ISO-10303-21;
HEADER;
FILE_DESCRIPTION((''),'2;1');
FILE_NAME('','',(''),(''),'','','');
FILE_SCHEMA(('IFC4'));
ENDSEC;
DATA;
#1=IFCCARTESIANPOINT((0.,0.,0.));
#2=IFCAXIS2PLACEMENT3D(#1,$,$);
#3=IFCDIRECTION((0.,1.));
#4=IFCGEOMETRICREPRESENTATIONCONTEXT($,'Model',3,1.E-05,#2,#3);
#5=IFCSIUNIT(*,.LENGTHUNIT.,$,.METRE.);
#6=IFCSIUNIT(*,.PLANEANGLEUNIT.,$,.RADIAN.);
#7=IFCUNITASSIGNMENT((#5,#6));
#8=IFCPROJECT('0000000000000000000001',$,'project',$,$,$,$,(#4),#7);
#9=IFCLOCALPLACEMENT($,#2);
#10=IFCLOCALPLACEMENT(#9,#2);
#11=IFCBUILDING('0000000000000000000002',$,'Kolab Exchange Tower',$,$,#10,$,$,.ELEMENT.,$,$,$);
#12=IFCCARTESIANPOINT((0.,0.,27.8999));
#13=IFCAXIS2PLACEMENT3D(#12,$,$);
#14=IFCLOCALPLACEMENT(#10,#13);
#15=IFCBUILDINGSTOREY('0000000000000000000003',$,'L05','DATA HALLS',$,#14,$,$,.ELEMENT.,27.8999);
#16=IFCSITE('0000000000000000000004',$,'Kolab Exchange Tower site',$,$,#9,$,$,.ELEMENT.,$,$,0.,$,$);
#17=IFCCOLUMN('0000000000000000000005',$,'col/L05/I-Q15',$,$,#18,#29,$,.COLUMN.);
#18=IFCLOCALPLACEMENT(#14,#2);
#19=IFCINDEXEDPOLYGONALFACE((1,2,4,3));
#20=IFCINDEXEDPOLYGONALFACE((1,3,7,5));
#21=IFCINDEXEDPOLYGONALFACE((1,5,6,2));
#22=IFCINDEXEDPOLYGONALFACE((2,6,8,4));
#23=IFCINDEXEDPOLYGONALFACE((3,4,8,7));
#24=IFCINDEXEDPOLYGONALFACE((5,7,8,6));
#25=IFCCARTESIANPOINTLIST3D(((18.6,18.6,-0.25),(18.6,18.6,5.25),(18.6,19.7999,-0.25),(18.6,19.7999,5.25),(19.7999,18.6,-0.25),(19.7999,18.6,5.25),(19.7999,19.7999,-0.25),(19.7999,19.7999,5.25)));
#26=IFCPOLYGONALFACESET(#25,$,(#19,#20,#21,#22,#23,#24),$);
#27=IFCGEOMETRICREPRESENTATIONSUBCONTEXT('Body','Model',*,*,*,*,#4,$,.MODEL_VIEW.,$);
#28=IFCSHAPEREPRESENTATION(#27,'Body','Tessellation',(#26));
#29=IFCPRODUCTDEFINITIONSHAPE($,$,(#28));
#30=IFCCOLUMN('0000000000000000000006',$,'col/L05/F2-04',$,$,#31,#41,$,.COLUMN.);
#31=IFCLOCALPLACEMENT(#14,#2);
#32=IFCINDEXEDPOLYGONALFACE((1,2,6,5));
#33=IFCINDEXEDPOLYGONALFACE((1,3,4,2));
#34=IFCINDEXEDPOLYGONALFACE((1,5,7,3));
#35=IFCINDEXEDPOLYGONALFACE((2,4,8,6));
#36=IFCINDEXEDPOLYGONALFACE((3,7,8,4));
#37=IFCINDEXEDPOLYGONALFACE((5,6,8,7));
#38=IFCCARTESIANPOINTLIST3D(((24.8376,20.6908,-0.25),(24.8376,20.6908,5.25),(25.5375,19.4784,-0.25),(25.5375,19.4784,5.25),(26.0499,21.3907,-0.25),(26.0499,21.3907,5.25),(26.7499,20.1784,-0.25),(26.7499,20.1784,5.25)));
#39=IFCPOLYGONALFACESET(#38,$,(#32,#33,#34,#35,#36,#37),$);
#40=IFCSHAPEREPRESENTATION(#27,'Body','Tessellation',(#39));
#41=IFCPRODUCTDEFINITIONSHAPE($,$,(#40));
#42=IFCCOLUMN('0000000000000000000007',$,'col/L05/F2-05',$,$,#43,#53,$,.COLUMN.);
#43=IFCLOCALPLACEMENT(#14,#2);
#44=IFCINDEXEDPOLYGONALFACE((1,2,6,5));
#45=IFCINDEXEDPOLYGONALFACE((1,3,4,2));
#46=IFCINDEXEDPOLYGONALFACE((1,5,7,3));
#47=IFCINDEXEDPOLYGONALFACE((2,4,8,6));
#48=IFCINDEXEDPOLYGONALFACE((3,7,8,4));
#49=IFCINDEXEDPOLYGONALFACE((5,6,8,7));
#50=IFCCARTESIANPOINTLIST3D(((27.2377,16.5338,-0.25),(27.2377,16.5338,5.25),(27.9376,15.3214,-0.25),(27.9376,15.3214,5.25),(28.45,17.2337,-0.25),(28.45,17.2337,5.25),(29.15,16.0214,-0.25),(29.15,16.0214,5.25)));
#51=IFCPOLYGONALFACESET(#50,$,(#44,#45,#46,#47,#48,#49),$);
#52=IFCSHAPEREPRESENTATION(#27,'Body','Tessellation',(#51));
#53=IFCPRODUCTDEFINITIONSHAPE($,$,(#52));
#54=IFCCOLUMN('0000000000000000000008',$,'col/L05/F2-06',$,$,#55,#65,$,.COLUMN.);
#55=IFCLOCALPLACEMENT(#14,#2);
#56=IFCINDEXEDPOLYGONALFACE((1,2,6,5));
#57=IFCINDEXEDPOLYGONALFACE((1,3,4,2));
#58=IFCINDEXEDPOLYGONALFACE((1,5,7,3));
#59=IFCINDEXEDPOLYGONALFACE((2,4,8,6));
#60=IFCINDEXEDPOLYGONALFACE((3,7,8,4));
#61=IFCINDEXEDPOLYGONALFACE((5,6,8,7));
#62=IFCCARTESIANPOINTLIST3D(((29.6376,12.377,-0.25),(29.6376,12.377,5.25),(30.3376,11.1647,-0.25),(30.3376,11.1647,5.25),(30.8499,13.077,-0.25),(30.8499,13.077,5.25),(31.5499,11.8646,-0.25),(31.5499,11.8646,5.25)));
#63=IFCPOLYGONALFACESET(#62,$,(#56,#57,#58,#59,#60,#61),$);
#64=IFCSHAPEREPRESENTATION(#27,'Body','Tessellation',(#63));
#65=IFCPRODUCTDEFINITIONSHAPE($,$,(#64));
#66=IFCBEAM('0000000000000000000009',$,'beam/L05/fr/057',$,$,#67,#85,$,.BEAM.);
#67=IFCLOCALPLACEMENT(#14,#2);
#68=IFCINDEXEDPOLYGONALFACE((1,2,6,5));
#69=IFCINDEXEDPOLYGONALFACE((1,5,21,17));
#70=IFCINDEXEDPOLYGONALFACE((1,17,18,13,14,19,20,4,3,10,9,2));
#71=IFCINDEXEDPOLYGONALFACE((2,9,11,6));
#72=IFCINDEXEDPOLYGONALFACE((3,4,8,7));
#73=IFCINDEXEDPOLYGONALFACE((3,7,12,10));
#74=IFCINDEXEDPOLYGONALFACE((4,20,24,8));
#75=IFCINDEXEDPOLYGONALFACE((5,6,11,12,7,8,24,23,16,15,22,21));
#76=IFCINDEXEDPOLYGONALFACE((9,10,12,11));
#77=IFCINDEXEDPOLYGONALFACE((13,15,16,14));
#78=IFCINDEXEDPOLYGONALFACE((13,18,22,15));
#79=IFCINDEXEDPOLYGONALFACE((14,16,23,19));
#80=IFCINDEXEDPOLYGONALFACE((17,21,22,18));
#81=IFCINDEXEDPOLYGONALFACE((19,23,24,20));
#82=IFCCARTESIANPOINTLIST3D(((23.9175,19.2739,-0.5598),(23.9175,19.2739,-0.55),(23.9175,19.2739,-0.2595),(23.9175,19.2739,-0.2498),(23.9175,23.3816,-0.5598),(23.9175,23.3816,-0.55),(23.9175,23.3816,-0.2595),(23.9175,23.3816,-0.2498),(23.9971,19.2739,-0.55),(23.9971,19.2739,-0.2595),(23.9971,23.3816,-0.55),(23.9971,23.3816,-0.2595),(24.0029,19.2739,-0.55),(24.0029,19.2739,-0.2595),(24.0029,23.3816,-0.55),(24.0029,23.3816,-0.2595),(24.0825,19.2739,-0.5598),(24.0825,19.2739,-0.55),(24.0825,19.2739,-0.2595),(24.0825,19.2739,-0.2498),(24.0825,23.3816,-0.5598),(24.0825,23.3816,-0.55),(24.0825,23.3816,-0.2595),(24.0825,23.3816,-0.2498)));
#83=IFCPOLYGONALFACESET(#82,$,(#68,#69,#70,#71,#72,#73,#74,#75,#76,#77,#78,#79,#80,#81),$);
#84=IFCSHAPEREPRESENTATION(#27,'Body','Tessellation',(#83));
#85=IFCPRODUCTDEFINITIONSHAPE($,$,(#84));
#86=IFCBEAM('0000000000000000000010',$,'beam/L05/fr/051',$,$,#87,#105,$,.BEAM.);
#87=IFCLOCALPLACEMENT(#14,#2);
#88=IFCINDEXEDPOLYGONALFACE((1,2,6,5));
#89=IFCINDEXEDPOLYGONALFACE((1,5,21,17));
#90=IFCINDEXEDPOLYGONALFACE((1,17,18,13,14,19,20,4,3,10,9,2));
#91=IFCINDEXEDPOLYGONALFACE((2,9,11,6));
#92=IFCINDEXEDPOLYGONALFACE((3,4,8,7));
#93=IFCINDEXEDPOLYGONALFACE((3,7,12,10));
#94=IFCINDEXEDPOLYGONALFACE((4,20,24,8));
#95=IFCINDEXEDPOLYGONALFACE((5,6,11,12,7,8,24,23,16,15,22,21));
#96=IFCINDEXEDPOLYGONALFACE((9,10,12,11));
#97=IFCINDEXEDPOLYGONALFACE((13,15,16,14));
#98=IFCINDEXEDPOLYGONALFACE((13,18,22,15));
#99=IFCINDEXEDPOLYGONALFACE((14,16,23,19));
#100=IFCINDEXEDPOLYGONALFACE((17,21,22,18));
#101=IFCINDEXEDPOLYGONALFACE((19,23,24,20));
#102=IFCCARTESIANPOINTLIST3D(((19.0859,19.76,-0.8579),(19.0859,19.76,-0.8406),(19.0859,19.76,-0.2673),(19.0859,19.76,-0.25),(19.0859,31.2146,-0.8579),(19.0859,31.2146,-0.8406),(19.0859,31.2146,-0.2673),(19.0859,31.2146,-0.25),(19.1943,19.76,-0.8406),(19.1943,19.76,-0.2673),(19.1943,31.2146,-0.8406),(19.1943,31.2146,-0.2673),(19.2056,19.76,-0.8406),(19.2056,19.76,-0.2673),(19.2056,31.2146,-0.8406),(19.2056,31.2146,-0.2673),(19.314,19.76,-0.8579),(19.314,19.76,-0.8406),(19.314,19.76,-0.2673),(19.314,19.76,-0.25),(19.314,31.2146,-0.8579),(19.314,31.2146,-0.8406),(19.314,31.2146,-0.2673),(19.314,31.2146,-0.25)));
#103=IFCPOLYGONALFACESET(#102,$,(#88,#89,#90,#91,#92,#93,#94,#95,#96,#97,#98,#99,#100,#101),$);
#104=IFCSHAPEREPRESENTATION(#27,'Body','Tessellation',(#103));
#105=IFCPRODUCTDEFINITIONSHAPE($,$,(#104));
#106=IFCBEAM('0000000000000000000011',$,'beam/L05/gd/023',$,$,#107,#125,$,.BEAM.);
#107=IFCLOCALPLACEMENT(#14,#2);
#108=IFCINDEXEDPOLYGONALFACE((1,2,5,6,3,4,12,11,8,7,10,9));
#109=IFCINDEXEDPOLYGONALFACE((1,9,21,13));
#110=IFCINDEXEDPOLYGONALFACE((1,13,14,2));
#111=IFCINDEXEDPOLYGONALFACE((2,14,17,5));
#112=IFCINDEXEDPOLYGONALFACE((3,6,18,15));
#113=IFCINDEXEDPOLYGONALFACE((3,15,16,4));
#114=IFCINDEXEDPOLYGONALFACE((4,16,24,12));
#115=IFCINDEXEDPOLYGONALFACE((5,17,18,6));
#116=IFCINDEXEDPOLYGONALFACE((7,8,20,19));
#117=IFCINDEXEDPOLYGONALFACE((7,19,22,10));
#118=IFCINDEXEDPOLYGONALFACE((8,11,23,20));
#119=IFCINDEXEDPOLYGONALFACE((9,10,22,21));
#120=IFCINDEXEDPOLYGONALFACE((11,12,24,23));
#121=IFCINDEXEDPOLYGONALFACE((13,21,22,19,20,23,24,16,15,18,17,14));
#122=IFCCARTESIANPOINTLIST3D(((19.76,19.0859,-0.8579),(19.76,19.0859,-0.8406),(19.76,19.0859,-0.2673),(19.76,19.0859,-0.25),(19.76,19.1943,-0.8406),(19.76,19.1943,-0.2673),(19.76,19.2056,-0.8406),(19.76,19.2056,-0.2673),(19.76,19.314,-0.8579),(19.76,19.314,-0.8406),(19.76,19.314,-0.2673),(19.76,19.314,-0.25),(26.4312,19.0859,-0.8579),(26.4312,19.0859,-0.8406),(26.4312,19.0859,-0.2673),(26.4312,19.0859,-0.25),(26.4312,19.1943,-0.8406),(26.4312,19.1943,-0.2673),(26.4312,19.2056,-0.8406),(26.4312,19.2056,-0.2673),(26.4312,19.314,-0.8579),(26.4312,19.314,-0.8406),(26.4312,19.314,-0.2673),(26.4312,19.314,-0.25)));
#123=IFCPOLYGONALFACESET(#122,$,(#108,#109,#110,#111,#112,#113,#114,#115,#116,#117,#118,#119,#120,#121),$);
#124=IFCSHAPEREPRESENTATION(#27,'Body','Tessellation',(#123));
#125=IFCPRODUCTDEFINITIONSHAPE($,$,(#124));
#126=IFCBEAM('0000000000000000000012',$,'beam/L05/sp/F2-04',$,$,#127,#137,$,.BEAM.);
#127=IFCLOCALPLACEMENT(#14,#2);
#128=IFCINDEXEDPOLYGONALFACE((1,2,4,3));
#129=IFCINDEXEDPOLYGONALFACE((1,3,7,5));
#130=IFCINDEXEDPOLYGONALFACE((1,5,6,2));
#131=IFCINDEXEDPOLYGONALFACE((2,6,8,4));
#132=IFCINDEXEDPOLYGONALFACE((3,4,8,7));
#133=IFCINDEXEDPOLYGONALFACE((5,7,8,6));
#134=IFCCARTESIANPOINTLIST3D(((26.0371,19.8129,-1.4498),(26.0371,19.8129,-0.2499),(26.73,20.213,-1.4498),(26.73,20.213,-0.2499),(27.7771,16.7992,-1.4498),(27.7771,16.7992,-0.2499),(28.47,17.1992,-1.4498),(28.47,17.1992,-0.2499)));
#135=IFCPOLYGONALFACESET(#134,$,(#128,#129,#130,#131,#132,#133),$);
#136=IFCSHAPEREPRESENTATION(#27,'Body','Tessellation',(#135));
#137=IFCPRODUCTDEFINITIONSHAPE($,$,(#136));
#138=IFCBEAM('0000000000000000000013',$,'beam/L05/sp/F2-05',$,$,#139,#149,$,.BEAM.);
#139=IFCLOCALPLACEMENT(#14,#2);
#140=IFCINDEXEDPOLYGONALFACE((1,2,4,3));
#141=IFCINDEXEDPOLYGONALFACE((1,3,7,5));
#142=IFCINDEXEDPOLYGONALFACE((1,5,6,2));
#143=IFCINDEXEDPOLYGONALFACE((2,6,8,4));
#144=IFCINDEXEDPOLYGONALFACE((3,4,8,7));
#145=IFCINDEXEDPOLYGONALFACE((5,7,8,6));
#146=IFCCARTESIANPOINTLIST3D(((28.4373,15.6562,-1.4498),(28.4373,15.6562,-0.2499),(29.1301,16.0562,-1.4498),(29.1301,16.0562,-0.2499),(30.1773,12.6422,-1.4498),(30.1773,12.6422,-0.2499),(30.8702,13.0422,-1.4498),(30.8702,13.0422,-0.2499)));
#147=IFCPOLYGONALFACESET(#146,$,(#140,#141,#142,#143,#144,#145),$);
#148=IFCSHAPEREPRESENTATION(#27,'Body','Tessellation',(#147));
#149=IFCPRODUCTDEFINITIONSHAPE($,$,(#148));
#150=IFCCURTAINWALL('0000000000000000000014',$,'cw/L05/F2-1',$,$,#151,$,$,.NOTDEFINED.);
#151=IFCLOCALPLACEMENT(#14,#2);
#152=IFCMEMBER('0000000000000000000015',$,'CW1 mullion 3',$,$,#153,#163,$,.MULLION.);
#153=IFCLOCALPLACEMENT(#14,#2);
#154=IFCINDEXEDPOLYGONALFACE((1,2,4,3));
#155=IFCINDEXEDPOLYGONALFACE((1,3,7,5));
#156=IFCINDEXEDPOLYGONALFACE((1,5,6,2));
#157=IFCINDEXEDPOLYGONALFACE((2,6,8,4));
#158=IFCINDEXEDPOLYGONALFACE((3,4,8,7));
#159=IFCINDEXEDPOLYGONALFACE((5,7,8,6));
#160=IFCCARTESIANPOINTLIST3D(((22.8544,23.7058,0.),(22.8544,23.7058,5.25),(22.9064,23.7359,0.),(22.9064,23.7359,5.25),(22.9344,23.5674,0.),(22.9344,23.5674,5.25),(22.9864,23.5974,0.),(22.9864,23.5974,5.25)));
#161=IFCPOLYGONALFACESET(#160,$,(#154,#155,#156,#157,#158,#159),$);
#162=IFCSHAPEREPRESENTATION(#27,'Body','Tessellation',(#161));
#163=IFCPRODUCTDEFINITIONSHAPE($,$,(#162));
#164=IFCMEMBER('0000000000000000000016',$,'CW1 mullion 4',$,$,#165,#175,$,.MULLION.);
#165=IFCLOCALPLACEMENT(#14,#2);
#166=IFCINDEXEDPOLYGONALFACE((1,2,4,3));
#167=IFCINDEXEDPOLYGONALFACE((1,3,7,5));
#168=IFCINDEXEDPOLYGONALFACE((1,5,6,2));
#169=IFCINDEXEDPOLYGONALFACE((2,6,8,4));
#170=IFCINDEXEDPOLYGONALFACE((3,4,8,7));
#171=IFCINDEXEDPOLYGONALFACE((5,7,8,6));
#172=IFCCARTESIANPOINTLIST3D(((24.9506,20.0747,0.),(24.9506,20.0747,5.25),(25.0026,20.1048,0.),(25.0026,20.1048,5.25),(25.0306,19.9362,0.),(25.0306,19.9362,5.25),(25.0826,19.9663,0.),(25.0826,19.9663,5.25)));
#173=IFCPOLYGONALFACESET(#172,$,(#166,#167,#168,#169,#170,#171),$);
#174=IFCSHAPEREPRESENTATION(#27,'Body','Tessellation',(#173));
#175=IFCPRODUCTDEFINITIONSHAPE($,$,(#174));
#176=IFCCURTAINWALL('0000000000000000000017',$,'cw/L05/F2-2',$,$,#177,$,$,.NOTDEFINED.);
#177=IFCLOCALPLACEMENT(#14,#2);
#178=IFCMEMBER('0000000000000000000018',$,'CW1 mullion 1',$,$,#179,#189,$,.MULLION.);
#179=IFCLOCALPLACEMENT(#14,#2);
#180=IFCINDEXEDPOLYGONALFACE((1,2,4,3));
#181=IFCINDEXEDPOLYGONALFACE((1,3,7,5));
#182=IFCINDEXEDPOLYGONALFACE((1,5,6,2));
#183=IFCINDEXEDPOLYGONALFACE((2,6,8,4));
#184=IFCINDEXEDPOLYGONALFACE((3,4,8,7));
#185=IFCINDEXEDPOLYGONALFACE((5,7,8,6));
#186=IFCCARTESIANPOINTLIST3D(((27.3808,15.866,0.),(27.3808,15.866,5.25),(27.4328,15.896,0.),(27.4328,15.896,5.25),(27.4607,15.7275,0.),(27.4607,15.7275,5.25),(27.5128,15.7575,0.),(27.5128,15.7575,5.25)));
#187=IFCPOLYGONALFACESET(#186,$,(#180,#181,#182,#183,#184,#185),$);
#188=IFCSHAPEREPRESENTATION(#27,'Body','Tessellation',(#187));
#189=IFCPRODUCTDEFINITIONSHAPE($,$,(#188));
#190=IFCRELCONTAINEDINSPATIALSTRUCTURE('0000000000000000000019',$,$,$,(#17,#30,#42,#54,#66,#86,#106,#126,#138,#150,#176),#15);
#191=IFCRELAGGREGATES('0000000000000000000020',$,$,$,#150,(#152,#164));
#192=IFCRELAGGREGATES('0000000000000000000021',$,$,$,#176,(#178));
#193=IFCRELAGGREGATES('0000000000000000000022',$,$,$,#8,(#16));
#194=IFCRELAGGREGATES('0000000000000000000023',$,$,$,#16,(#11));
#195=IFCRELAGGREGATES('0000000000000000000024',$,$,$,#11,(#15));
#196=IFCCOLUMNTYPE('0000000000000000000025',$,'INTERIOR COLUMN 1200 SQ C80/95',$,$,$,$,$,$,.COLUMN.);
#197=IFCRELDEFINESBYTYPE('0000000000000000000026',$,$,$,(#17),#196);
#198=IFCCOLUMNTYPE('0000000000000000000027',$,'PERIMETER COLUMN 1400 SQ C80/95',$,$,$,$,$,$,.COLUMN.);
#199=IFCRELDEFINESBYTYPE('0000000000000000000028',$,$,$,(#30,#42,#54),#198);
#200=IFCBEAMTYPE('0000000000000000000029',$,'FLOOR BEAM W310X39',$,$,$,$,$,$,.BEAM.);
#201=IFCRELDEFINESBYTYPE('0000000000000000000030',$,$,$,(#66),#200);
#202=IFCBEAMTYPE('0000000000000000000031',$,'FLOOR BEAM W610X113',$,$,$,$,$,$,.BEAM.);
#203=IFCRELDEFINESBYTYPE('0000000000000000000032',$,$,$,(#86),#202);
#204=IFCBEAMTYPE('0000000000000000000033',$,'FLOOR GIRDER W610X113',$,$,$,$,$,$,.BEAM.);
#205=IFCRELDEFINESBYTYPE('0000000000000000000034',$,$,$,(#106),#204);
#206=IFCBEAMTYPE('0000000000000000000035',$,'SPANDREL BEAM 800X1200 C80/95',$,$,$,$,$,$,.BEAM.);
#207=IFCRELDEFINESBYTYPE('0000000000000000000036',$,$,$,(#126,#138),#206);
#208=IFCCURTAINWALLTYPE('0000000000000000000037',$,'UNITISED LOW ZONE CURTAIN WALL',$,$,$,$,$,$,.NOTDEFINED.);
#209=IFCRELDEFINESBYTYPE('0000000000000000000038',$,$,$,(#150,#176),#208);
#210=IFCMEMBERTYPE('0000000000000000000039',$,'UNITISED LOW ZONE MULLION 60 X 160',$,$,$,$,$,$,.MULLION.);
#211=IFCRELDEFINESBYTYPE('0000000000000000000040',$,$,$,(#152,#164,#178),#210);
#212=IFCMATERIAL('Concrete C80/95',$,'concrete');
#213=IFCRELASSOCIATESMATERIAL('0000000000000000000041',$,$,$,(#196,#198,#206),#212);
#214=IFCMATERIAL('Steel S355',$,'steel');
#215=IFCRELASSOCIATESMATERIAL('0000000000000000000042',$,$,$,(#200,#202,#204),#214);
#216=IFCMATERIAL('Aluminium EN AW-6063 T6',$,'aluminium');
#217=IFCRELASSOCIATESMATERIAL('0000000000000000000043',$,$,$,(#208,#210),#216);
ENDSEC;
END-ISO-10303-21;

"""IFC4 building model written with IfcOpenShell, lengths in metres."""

from ifc_helpers import new_model, si_unit, direction, frame, origin, origin_2d, place, context, subcontext, project, spatial, rectangle, i_section, extrude, material, material_profile, profile_set, type_object, element, aggregate, save


model = new_model("IFC4")

# Units and contexts
model_context = context("Model", 3, precision=1e-05, world=origin(), true_north=direction((0.0, 1.0)))
body_context = subcontext(model_context, "Body", "Model", "MODEL_VIEW")
ifc_project = project(units=[si_unit("LENGTHUNIT", "METRE"), si_unit("PLANEANGLEUNIT", "RADIAN")], contexts=[model_context])

# Site, building, storey
site_placement = place(None, origin())
site = spatial("IfcSite", under=ifc_project, at=site_placement, Name="Kolab Exchange Tower site", CompositionType="ELEMENT", RefElevation=0.0)
building_placement = place(site_placement, origin())
building = spatial("IfcBuilding", under=site, at=building_placement, Name="Kolab Exchange Tower", CompositionType="ELEMENT")
storey_placement = place(building_placement, frame((0.0, 0.0, 27.8999)))
storey = spatial("IfcBuildingStorey", under=building, at=storey_placement, Name="L05", Description="DATA HALLS", CompositionType="ELEMENT", Elevation=27.8999)

# Columns
ifc_material_1 = material(Name="Concrete C80/95", Category="concrete")
ifc_material_profile_1 = material_profile(ifc_material_1, rectangle(XDim=1.2, YDim=1.2, at=origin_2d()), Name="RC1200")
ifc_profile_set_1 = profile_set([ifc_material_profile_1], Name="Concrete C80/95")
column_type_1 = type_object("IfcColumnType", Name="INTERIOR COLUMN 1200 SQ C80/95", PredefinedType="COLUMN", material=ifc_profile_set_1)
column_placement = place(storey_placement, frame((19.2, 19.2, -0.25), z_axis=(0.0, 0.0, 1.0), x_axis=(1.0, 0.0, 0.0)))
element("IfcColumn", 1, at=column_placement, inside=storey, type_object=column_type_1, Name="col/L05/I-Q15", PredefinedType="COLUMN", context=body_context, shape_type="SweptSolid", body=[
    extrude(rectangle(XDim=1.2, YDim=1.2, at=origin_2d()), origin(), (0.0, 0.0, 1.0), 5.5),
])
ifc_material_profile_2 = material_profile(ifc_material_1, rectangle(XDim=1.3999, YDim=1.3999, at=origin_2d()), Name="RC1400")
ifc_profile_set_2 = profile_set([ifc_material_profile_2], Name="Concrete C80/95")
column_type_2 = type_object("IfcColumnType", Name="PERIMETER COLUMN 1400 SQ C80/95", PredefinedType="COLUMN", material=ifc_profile_set_2)
for number, where, z_axis, x_axis, name in (
    (2, (25.7937, 20.4346, -0.25), (0.0, 0.0, 1.0), (0.866025, 0.5, 0.0), "col/L05/F2-04"),
    (3, (28.1938, 16.2776, -0.25), (0.0, 0.0, 1.0), (0.866025, 0.5, 0.0), "col/L05/F2-05"),
    (4, (30.5938, 12.1208, -0.25), (0.0, 0.0, 1.0), (0.866025, 0.5, 0.0), "col/L05/F2-06"),
):
    element("IfcColumn", number, at=place(storey_placement, frame(where, z_axis=z_axis, x_axis=x_axis)), inside=storey, type_object=column_type_2, Name=name, PredefinedType="COLUMN", context=body_context, shape_type="SweptSolid", body=[
        extrude(rectangle(XDim=1.3999, YDim=1.3999, at=origin_2d()), origin(), (0.0, 0.0, 1.0), 5.5),
    ])

# Beams
ifc_material_2 = material(Name="Steel S355", Category="steel")
ifc_material_profile_3 = material_profile(ifc_material_2, i_section(OverallWidth=0.165, OverallDepth=0.3101, WebThickness=0.0059, FlangeThickness=0.0098, at=origin_2d()), Name="W310X39")
ifc_profile_set_3 = profile_set([ifc_material_profile_3], Name="Steel S355")
beam_type_1 = type_object("IfcBeamType", Name="FLOOR BEAM W310X39", PredefinedType="BEAM", material=ifc_profile_set_3)
beam_1_placement = place(storey_placement, frame((24.0, 19.2739, -0.4048), z_axis=(0.0, 1.0, 0.0), x_axis=(-1.0, 0.0, 0.0)))
element("IfcBeam", 5, at=beam_1_placement, inside=storey, type_object=beam_type_1, Name="beam/L05/fr/057", PredefinedType="BEAM", context=body_context, shape_type="SweptSolid", body=[
    extrude(i_section(OverallWidth=0.165, OverallDepth=0.3101, WebThickness=0.0059, FlangeThickness=0.0098, at=origin_2d()), origin(), (0.0, 0.0, 1.0), 4.1077),
])
ifc_material_profile_4 = material_profile(ifc_material_2, i_section(OverallWidth=0.228, OverallDepth=0.6079, WebThickness=0.0112, FlangeThickness=0.0173, at=origin_2d()), Name="W610X113")
ifc_profile_set_4 = profile_set([ifc_material_profile_4], Name="Steel S355")
beam_type_2 = type_object("IfcBeamType", Name="FLOOR BEAM W610X113", PredefinedType="BEAM", material=ifc_profile_set_4)
beam_2_placement = place(storey_placement, frame((19.2, 19.76, -0.554), z_axis=(0.0, 1.0, 0.0), x_axis=(-1.0, 0.0, 0.0)))
element("IfcBeam", 6, at=beam_2_placement, inside=storey, type_object=beam_type_2, Name="beam/L05/fr/051", PredefinedType="BEAM", context=body_context, shape_type="SweptSolid", body=[
    extrude(i_section(OverallWidth=0.228, OverallDepth=0.6079, WebThickness=0.0112, FlangeThickness=0.0173, at=origin_2d()), origin(), (0.0, 0.0, 1.0), 11.4546),
])
ifc_material_profile_5 = material_profile(ifc_material_2, i_section(OverallWidth=0.228, OverallDepth=0.6079, WebThickness=0.0112, FlangeThickness=0.0173, at=origin_2d()), Name="W610X113")
ifc_profile_set_5 = profile_set([ifc_material_profile_5], Name="Steel S355")
beam_type_3 = type_object("IfcBeamType", Name="FLOOR GIRDER W610X113", PredefinedType="BEAM", material=ifc_profile_set_5)
beam_3_placement = place(storey_placement, frame((19.76, 19.2, -0.554), z_axis=(1.0, 0.0, 0.0), x_axis=(0.0, 1.0, 0.0)))
element("IfcBeam", 7, at=beam_3_placement, inside=storey, type_object=beam_type_3, Name="beam/L05/gd/023", PredefinedType="BEAM", context=body_context, shape_type="SweptSolid", body=[
    extrude(i_section(OverallWidth=0.228, OverallDepth=0.6079, WebThickness=0.0112, FlangeThickness=0.0173, at=origin_2d()), origin(), (0.0, 0.0, 1.0), 6.6711),
])
ifc_material_profile_6 = material_profile(ifc_material_1, rectangle(XDim=0.8, YDim=1.2, at=origin_2d()), Name="RC800X1200")
ifc_profile_set_6 = profile_set([ifc_material_profile_6], Name="Concrete C80/95")
beam_type_4 = type_object("IfcBeamType", Name="SPANDREL BEAM 800X1200 C80/95", PredefinedType="BEAM", material=ifc_profile_set_6)
beam_4_placement = place(storey_placement, frame((26.3835, 20.0129, -0.8499), z_axis=(0.50001, -0.86602, 0.0), x_axis=(0.86602, 0.50001, 0.0)))
element("IfcBeam", 8, at=beam_4_placement, inside=storey, type_object=beam_type_4, Name="beam/L05/sp/F2-04", PredefinedType="BEAM", context=body_context, shape_type="SweptSolid", body=[
    extrude(rectangle(XDim=0.8, YDim=1.2, at=origin_2d()), origin(), (0.0, 0.0, 1.0), 3.48),
])
beam_5_placement = place(storey_placement, frame((28.7837, 15.8562, -0.8499), z_axis=(0.49998, -0.866037, 0.0), x_axis=(0.866037, 0.49998, 0.0)))
element("IfcBeam", 9, at=beam_5_placement, inside=storey, type_object=beam_type_4, Name="beam/L05/sp/F2-05", PredefinedType="BEAM", context=body_context, shape_type="SweptSolid", body=[
    extrude(rectangle(XDim=0.8, YDim=1.2, at=origin_2d()), origin(), (0.0, 0.0, 1.0), 3.4802),
])

# Curtain wall, members
ifc_material_3 = material(Name="Aluminium EN AW-6063 T6", Category="aluminium")
curtain_wall_type = type_object("IfcCurtainWallType", Name="UNITISED LOW ZONE CURTAIN WALL", PredefinedType="NOTDEFINED", material=ifc_material_3)
curtain_wall_1_placement = place(storey_placement, origin())
curtain_wall_1 = element("IfcCurtainWall", 10, at=curtain_wall_1_placement, inside=storey, type_object=curtain_wall_type, Name="cw/L05/F2-1", PredefinedType="NOTDEFINED")
ifc_material_profile_7 = material_profile(ifc_material_3, rectangle(XDim=0.0601, YDim=0.1599, at=origin_2d()), Name="RECT 60X160")
ifc_profile_set_7 = profile_set([ifc_material_profile_7], Name="Aluminium EN AW-6063 T6")
member_type_1 = type_object("IfcMemberType", Name="UNITISED LOW ZONE MULLION 60 X 160", PredefinedType="MULLION", material=ifc_profile_set_7)
member_1_placement = place(storey_placement, frame((22.9204, 23.6516, 0.0), z_axis=(0.0, 0.0, 1.0), x_axis=(0.866025, 0.5, 0.0)))
member_1 = element("IfcMember", 11, at=member_1_placement, type_object=member_type_1, Name="CW1 mullion 3", PredefinedType="MULLION", context=body_context, shape_type="SweptSolid", body=[
    extrude(rectangle(XDim=0.0601, YDim=0.1599, at=origin_2d()), origin(), (0.0, 0.0, 1.0), 5.25),
])
member_2_placement = place(storey_placement, frame((25.0166, 20.0205, 0.0), z_axis=(0.0, 0.0, 1.0), x_axis=(0.866025, 0.5, 0.0)))
member_2 = element("IfcMember", 12, at=member_2_placement, type_object=member_type_1, Name="CW1 mullion 4", PredefinedType="MULLION", context=body_context, shape_type="SweptSolid", body=[
    extrude(rectangle(XDim=0.0601, YDim=0.1599, at=origin_2d()), origin(), (0.0, 0.0, 1.0), 5.25),
])

# Curtain wall, member
curtain_wall_2_placement = place(storey_placement, origin())
curtain_wall_2 = element("IfcCurtainWall", 13, at=curtain_wall_2_placement, inside=storey, type_object=curtain_wall_type, Name="cw/L05/F2-2", PredefinedType="NOTDEFINED")
member_3_placement = place(storey_placement, frame((27.4468, 15.8118, 0.0), z_axis=(0.0, 0.0, 1.0), x_axis=(0.866025, 0.5, 0.0)))
member_3 = element("IfcMember", 14, at=member_3_placement, type_object=member_type_1, Name="CW1 mullion 1", PredefinedType="MULLION", context=body_context, shape_type="SweptSolid", body=[
    extrude(rectangle(XDim=0.0601, YDim=0.1599, at=origin_2d()), origin(), (0.0, 0.0, 1.0), 5.25),
])

aggregate(curtain_wall_1, [member_1, member_2])
aggregate(curtain_wall_2, [member_3])

save(model, "model.ifc")
